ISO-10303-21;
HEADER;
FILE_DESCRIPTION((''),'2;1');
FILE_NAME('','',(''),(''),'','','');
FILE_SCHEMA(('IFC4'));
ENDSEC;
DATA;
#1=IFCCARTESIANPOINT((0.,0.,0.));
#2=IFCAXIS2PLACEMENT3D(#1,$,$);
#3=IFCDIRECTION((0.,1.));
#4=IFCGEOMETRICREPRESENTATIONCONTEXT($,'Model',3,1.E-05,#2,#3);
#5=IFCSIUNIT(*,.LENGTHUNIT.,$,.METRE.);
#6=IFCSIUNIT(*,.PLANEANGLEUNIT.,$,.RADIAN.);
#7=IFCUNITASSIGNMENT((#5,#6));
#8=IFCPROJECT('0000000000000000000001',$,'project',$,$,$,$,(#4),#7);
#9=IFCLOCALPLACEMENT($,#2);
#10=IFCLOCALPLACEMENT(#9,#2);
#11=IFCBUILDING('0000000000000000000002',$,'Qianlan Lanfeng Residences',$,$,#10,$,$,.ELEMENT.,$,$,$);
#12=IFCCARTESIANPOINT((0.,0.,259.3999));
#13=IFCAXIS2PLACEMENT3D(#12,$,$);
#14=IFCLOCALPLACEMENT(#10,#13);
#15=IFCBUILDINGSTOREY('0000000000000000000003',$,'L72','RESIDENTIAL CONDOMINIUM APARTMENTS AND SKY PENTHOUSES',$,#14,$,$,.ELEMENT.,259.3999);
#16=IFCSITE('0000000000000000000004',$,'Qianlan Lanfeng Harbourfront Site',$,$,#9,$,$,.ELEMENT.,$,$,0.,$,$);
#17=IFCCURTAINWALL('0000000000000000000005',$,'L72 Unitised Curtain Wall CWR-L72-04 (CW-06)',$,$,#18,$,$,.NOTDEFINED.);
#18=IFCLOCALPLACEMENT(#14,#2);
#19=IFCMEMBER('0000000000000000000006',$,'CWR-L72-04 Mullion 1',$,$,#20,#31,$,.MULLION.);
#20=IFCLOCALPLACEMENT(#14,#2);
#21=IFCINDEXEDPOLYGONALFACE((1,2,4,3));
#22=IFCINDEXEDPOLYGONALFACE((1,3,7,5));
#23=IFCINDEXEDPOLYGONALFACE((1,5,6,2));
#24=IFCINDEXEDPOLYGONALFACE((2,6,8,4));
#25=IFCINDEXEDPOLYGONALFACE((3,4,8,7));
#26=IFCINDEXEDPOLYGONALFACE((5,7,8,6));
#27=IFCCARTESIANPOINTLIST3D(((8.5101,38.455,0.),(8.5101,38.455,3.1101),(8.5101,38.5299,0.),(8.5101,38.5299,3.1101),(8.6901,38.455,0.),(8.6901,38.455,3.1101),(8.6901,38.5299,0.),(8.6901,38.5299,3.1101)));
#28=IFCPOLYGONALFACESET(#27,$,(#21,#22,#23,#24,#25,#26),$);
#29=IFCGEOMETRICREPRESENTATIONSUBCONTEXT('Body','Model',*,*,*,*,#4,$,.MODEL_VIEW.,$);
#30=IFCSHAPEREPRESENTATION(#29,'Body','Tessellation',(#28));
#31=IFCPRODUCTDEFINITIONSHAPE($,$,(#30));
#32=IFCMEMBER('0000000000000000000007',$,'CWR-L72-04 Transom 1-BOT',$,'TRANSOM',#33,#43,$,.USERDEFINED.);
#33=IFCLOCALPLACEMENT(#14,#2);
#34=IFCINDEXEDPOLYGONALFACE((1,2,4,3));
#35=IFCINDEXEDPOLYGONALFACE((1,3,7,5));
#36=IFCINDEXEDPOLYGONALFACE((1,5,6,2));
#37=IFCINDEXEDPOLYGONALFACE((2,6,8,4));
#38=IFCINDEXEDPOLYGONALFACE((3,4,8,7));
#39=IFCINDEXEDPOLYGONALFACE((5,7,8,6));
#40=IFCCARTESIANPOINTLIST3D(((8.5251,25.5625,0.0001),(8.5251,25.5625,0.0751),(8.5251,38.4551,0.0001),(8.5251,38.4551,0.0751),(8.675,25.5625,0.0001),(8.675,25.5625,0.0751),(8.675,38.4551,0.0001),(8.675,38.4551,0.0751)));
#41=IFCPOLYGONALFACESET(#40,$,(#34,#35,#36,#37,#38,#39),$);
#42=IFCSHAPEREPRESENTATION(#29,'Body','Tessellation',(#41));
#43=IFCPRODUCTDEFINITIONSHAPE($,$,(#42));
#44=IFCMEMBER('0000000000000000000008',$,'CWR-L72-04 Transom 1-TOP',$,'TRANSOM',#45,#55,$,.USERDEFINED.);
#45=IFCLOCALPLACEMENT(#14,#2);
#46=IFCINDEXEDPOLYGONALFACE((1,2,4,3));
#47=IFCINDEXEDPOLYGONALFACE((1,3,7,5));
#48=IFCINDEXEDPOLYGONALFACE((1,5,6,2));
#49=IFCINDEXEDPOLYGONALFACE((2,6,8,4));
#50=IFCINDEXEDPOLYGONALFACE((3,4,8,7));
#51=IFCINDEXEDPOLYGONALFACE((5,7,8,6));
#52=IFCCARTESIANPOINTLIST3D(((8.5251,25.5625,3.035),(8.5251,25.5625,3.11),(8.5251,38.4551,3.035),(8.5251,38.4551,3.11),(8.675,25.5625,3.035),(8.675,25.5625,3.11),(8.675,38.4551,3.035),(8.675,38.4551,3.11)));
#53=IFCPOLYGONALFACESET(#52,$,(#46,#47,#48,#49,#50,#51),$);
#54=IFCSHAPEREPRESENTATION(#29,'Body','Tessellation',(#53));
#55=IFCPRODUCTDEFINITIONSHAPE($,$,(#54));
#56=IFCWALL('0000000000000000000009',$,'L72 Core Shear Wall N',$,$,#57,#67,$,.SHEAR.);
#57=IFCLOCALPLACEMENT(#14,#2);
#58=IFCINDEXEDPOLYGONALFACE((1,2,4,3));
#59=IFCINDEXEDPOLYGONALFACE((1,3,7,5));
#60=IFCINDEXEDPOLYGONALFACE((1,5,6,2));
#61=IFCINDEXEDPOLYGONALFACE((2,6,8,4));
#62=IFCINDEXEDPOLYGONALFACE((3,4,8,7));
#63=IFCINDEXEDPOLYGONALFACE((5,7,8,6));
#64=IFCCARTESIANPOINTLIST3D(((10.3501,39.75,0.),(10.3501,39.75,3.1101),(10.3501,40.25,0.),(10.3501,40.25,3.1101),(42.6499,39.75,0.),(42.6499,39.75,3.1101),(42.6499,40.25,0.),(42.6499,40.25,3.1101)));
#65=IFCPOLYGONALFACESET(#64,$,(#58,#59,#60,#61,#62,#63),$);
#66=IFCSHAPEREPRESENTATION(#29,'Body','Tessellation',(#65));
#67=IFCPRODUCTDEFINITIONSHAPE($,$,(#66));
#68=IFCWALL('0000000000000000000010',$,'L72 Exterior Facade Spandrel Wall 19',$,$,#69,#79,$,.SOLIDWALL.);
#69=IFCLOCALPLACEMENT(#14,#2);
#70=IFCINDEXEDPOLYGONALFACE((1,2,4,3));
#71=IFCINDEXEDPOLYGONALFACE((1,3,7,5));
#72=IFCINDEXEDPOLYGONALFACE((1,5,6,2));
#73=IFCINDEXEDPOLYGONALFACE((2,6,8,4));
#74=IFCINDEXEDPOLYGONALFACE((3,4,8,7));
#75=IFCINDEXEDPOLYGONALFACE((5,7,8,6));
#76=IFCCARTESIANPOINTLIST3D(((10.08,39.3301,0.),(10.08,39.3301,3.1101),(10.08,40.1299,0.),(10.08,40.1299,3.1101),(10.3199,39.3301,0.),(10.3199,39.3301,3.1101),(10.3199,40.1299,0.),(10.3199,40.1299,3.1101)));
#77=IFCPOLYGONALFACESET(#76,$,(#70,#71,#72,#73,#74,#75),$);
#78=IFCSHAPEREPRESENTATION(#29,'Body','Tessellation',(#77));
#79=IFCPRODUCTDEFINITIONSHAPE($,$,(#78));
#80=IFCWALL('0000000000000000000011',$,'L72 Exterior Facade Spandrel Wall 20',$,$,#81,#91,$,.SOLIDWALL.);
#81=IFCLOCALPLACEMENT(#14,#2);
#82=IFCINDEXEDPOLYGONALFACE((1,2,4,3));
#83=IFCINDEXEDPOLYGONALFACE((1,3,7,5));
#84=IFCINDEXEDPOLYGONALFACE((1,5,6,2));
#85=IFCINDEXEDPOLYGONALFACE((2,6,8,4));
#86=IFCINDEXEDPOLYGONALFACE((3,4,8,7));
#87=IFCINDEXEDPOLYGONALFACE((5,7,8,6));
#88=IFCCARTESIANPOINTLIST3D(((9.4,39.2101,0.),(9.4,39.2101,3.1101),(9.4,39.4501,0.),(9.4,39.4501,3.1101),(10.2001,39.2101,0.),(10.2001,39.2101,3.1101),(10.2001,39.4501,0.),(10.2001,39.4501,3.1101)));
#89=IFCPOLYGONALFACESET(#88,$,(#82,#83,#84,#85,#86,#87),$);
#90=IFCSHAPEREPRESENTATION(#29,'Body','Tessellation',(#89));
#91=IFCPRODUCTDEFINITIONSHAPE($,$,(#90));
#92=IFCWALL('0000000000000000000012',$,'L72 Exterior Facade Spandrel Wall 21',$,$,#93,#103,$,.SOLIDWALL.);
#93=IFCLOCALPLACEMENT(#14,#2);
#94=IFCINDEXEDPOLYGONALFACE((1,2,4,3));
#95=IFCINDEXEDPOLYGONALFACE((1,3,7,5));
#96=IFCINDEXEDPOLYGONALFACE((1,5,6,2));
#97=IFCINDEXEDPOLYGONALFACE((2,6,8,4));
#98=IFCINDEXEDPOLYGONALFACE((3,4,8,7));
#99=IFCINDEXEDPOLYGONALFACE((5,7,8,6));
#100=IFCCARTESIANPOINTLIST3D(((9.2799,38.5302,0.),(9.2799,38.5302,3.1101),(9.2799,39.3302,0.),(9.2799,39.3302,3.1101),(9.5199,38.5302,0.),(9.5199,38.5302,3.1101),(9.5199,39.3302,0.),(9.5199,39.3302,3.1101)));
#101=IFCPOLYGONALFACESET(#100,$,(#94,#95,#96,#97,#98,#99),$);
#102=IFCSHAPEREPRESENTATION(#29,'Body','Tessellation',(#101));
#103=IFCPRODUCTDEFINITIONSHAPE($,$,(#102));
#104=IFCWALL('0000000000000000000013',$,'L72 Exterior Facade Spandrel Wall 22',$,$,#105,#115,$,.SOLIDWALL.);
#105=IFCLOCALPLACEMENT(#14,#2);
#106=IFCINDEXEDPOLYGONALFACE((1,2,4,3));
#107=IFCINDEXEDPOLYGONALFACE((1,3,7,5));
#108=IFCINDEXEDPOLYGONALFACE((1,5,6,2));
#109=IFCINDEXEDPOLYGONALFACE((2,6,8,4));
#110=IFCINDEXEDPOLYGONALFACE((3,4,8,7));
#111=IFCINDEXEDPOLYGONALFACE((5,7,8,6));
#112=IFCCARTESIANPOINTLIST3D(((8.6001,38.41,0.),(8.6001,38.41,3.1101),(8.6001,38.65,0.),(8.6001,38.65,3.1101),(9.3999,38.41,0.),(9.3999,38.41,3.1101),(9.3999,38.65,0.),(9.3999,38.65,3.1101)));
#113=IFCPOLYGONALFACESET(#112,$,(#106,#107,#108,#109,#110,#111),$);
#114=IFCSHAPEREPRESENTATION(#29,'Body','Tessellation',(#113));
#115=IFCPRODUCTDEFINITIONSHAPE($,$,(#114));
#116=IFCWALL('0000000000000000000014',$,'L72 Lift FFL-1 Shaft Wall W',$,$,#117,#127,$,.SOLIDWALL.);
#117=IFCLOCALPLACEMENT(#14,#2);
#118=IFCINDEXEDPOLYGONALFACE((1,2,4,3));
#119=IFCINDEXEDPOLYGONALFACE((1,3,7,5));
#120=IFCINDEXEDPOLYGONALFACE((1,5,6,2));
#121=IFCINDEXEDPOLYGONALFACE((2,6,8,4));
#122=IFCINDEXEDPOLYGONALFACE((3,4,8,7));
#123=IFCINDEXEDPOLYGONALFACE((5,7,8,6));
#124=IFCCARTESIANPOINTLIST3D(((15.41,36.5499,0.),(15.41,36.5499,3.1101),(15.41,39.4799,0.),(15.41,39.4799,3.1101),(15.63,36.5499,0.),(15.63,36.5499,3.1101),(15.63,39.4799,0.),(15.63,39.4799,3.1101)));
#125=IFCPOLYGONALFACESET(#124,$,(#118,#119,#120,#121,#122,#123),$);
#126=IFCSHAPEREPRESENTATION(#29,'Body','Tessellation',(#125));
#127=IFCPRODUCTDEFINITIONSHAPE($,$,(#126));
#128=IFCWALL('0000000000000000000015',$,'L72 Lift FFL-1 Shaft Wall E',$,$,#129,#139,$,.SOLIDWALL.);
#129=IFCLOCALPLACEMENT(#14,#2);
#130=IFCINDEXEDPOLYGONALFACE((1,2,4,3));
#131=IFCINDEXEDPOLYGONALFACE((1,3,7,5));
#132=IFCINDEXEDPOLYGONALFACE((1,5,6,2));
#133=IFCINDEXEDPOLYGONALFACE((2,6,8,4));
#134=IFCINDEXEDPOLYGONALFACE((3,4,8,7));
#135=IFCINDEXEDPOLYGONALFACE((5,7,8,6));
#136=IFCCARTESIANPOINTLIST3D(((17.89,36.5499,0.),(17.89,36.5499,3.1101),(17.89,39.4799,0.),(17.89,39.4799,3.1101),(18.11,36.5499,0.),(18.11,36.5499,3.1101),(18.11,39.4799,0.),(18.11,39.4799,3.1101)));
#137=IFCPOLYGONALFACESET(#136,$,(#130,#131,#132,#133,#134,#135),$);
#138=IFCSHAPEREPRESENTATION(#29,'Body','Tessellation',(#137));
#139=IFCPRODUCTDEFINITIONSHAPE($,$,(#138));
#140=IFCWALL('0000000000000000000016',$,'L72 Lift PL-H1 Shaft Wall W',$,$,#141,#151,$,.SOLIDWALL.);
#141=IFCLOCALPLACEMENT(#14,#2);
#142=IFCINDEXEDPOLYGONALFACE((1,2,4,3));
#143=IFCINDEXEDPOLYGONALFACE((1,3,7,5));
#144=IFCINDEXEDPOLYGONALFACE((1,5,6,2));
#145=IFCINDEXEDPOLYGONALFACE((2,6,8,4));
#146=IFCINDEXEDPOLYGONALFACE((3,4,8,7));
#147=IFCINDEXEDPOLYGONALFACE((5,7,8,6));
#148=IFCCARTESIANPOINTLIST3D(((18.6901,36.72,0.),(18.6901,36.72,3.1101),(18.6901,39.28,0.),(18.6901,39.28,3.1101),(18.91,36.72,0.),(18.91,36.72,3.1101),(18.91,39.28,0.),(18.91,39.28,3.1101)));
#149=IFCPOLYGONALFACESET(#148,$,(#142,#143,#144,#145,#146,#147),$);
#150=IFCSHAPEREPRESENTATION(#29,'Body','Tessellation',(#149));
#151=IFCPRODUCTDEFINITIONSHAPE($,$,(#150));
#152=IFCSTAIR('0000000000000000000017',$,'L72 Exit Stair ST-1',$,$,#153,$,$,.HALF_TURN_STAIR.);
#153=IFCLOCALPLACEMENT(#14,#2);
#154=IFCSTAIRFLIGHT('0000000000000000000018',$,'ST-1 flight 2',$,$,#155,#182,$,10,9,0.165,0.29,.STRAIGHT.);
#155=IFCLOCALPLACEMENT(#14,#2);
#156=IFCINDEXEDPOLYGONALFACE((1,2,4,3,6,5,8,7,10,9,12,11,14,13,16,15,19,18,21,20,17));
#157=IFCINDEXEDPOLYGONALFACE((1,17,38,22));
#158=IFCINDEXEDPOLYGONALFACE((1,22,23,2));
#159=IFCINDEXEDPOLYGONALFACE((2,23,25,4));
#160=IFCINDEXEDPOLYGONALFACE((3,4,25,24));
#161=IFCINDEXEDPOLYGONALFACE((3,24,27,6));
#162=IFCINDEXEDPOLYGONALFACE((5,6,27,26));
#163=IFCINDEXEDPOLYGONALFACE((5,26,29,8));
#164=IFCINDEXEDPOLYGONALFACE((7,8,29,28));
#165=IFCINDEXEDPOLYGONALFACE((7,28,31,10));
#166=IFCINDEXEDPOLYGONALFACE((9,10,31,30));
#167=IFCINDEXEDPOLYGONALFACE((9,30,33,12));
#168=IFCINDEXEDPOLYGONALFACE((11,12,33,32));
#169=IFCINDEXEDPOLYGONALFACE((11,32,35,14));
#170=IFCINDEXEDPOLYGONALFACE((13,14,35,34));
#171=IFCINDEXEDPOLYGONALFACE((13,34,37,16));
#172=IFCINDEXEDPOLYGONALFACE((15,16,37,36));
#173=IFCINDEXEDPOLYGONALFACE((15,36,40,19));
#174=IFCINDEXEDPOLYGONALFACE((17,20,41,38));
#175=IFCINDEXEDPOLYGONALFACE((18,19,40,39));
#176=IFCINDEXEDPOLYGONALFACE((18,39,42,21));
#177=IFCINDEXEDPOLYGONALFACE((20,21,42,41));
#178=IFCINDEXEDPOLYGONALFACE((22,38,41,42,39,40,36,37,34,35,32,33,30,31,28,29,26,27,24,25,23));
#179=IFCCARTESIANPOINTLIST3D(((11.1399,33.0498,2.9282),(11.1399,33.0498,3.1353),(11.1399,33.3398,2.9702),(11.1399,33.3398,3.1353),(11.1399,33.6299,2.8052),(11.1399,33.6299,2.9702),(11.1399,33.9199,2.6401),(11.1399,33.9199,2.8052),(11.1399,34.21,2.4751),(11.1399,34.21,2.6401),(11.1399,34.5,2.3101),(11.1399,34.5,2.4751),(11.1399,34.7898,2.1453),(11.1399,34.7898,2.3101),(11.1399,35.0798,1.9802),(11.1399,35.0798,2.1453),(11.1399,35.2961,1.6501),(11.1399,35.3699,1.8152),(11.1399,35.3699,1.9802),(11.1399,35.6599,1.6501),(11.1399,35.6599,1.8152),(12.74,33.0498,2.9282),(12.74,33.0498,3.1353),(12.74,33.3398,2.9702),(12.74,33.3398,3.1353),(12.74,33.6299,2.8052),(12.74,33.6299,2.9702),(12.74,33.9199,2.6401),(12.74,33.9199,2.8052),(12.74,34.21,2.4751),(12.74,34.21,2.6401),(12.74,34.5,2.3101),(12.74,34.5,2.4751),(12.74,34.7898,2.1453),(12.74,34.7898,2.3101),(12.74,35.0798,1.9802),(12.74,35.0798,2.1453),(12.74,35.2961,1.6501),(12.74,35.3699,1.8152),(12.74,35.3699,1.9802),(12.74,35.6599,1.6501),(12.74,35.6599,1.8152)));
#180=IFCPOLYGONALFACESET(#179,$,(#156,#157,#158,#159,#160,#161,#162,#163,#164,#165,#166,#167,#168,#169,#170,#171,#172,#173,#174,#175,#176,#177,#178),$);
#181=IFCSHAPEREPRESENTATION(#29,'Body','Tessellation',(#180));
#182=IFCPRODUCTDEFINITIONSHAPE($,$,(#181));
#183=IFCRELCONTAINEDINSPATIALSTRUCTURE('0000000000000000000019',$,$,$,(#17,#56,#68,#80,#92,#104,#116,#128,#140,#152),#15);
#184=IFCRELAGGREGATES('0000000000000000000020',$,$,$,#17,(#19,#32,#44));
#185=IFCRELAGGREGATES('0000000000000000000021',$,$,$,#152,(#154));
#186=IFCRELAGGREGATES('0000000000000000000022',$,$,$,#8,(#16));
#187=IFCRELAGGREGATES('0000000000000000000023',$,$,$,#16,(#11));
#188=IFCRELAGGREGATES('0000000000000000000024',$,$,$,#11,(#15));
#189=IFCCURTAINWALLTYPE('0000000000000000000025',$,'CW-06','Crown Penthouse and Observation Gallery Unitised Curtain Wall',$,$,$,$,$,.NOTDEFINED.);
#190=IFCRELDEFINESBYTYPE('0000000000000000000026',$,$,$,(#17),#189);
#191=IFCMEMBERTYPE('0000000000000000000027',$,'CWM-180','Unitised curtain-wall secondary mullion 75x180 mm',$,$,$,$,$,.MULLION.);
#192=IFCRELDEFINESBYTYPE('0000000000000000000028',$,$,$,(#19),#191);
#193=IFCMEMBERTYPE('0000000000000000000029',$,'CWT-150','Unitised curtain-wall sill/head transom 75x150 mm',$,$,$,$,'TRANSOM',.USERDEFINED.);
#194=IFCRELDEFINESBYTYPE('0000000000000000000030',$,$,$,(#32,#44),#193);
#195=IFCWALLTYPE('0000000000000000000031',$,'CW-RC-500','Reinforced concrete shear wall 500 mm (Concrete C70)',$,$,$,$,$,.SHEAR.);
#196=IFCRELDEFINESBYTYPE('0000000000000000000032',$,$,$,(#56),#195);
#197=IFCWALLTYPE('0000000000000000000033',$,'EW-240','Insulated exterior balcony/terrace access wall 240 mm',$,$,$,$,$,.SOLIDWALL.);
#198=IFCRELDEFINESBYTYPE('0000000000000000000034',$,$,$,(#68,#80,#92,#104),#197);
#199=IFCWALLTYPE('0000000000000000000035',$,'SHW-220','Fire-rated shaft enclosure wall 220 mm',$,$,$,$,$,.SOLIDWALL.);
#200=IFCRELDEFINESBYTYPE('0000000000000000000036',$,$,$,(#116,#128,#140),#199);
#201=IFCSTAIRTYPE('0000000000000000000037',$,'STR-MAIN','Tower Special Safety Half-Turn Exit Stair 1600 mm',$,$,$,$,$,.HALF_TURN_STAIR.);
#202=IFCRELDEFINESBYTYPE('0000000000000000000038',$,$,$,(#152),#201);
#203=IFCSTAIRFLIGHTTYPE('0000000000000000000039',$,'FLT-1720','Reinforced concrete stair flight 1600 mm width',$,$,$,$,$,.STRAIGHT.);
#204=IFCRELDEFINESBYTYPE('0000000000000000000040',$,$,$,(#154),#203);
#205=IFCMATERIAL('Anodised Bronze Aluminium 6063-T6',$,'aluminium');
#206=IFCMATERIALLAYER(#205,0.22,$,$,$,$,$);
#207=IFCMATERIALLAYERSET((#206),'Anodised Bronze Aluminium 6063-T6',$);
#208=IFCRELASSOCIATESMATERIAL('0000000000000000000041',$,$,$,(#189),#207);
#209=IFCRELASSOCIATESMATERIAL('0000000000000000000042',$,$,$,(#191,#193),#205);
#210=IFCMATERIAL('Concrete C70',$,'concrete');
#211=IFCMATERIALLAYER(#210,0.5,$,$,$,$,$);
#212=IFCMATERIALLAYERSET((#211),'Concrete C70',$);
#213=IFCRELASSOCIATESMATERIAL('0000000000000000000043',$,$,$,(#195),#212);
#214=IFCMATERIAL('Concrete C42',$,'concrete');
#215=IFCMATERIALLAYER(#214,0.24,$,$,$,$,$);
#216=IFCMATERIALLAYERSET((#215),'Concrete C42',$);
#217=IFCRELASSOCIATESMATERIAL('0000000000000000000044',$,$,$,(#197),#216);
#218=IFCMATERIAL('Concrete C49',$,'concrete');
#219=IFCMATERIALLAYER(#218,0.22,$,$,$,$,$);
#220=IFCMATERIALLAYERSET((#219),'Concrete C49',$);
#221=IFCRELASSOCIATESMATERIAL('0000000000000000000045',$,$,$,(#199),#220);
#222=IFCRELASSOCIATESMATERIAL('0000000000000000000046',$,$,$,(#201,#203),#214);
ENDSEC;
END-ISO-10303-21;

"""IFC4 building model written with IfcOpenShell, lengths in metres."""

from ifc_helpers import new_model, si_unit, direction, frame, frame_2d, origin, origin_2d, place, context, subcontext, project, spatial, polyline, rectangle, outline, extrude, source, transform, mapped, material, layer, layer_set, material_profile, profile_set, type_object, element, aggregate, save


model = new_model("IFC4")

# Units and contexts
model_context = context("Model", 3, precision=1e-05, world=origin(), true_north=direction((0.0, 1.0)))
body_context = subcontext(model_context, "Body", "Model", "MODEL_VIEW")
ifc_project = project(units=[si_unit("LENGTHUNIT", "METRE"), si_unit("PLANEANGLEUNIT", "RADIAN")], contexts=[model_context])

# Site, building, storey
site_placement = place(None, origin())
site = spatial("IfcSite", under=ifc_project, at=site_placement, Name="Qianlan Lanfeng Harbourfront Site", CompositionType="ELEMENT", RefElevation=0.0)
building_placement = place(site_placement, origin())
building = spatial("IfcBuilding", under=site, at=building_placement, Name="Qianlan Lanfeng Residences", CompositionType="ELEMENT")
storey_placement = place(building_placement, frame((0.0, 0.0, 259.3999)))
storey = spatial("IfcBuildingStorey", under=building, at=storey_placement, Name="L72", Description="RESIDENTIAL CONDOMINIUM APARTMENTS AND SKY PENTHOUSES", CompositionType="ELEMENT", Elevation=259.3999)

# Curtain wall, members
ifc_material_1 = material(Name="Anodised Bronze Aluminium 6063-T6", Category="aluminium")
ifc_layer_1 = layer(ifc_material_1, 0.22)
ifc_layer_set_1 = layer_set([ifc_layer_1], Name="Anodised Bronze Aluminium 6063-T6")
curtain_wall_type = type_object("IfcCurtainWallType", Name="CW-06", Description="Crown Penthouse and Observation Gallery Unitised Curtain Wall", PredefinedType="NOTDEFINED", material=ifc_layer_set_1)
curtain_wall_placement = place(storey_placement, origin())
curtain_wall = element("IfcCurtainWall", 1, at=curtain_wall_placement, inside=storey, type_object=curtain_wall_type, Name="L72 Unitised Curtain Wall CWR-L72-04 (CW-06)", PredefinedType="NOTDEFINED")
ifc_material_profile_1 = material_profile(ifc_material_1, rectangle(XDim=0.075, YDim=0.1799, at=origin_2d()), Name="ALU MULLION 75x180")
ifc_profile_set_1 = profile_set([ifc_material_profile_1], Name="Anodised Bronze Aluminium 6063-T6")
member_type_1 = type_object("IfcMemberType", Name="CWM-180", Description="Unitised curtain-wall secondary mullion 75x180 mm", PredefinedType="MULLION", material=ifc_profile_set_1)
shared_shape_1 = source(origin(), body_context, "Body", "SweptSolid", [
    extrude(rectangle(XDim=0.075, YDim=0.1799, at=origin_2d()), origin(), (0.0, 0.0, 1.0), 3.1101),
])
member_1_placement = place(storey_placement, frame((8.6001, 38.4924, 0.0), z_axis=(0.0, 0.0, 1.0), x_axis=(0.0, -1.0, 0.0)))
member_1 = element("IfcMember", 2, at=member_1_placement, type_object=member_type_1, Name="CWR-L72-04 Mullion 1", PredefinedType="MULLION", context=body_context, shape_type="MappedRepresentation", body=[
    mapped(shared_shape_1, transform((0.0, 0.0, 0.0), scale=1.0)),
])
ifc_material_profile_2 = material_profile(ifc_material_1, rectangle(XDim=0.075, YDim=0.1499, at=origin_2d()), Name="ALU TRANSOM 75x150")
ifc_profile_set_2 = profile_set([ifc_material_profile_2], Name="Anodised Bronze Aluminium 6063-T6")
member_type_2 = type_object("IfcMemberType", Name="CWT-150", Description="Unitised curtain-wall sill/head transom 75x150 mm", ElementType="TRANSOM", PredefinedType="USERDEFINED", material=ifc_profile_set_2)
shared_shape_2 = source(origin(), body_context, "Body", "SweptSolid", [
    extrude(rectangle(XDim=0.075, YDim=0.1499, at=origin_2d()), origin(), (0.0, 0.0, 1.0), 12.8926),
])
member_2_placement = place(storey_placement, frame((8.6001, 38.4551, 0.0376), z_axis=(0.0, -1.0, 0.0), x_axis=(0.0, 0.0, 1.0)))
member_2 = element("IfcMember", 3, at=member_2_placement, type_object=member_type_2, Name="CWR-L72-04 Transom 1-BOT", ObjectType="TRANSOM", PredefinedType="USERDEFINED", context=body_context, shape_type="MappedRepresentation", body=[
    mapped(shared_shape_2, transform((0.0, 0.0, 0.0), scale=1.0)),
])
member_3_placement = place(storey_placement, frame((8.6001, 38.4551, 3.0725), z_axis=(0.0, -1.0, 0.0), x_axis=(0.0, 0.0, 1.0)))
member_3 = element("IfcMember", 4, at=member_3_placement, type_object=member_type_2, Name="CWR-L72-04 Transom 1-TOP", ObjectType="TRANSOM", PredefinedType="USERDEFINED", context=body_context, shape_type="MappedRepresentation", body=[
    mapped(shared_shape_2, transform((0.0, 0.0, 0.0), scale=1.0)),
])
aggregate(curtain_wall, [member_1, member_2, member_3])

# Shared definitions
ifc_material_2 = material(Name="Concrete C49", Category="concrete")

# Walls
ifc_material_3 = material(Name="Concrete C70", Category="concrete")
ifc_layer_2 = layer(ifc_material_3, 0.5)
ifc_layer_set_2 = layer_set([ifc_layer_2], Name="Concrete C70")
wall_type_1 = type_object("IfcWallType", Name="CW-RC-500", Description="Reinforced concrete shear wall 500 mm (Concrete C70)", PredefinedType="SHEAR", material=ifc_layer_set_2)
wall_1_placement = place(storey_placement, frame((10.3501, 40.0, 0.0), z_axis=(0.0, 0.0, 1.0), x_axis=(1.0, 0.0, 0.0)))
element("IfcWall", 5, at=wall_1_placement, inside=storey, type_object=wall_type_1, Name="L72 Core Shear Wall N", PredefinedType="SHEAR", context=body_context, shape_type="SweptSolid", body=[
    extrude(rectangle(XDim=32.2998, YDim=0.5, at=frame_2d((16.1499, 0.0))), origin(), (0.0, 0.0, 1.0), 3.1101),
])
ifc_material_4 = material(Name="Concrete C42", Category="concrete")
ifc_layer_3 = layer(ifc_material_4, 0.24)
ifc_layer_set_3 = layer_set([ifc_layer_3], Name="Concrete C42")
wall_type_2 = type_object("IfcWallType", Name="EW-240", Description="Insulated exterior balcony/terrace access wall 240 mm", PredefinedType="SOLIDWALL", material=ifc_layer_set_3)
wall_2_placement = place(storey_placement, frame((10.2, 40.1299, 0.0), z_axis=(0.0, 0.0, 1.0), x_axis=(0.0, -1.0, 0.0)))
element("IfcWall", 6, at=wall_2_placement, inside=storey, type_object=wall_type_2, Name="L72 Exterior Facade Spandrel Wall 19", PredefinedType="SOLIDWALL", context=body_context, shape_type="SweptSolid", body=[
    extrude(rectangle(XDim=0.7998, YDim=0.24, at=frame_2d((0.3999, 0.0))), origin(), (0.0, 0.0, 1.0), 3.1101),
])
for number, where, z_axis, x_axis, name in (
    (7, (10.2, 39.3301, 0.0), (0.0, 0.0, 1.0), (-1.0, 0.0, 0.0), "L72 Exterior Facade Spandrel Wall 20"),
    (8, (9.3999, 39.3301, 0.0), (0.0, 0.0, 1.0), (0.0, -1.0, 0.0), "L72 Exterior Facade Spandrel Wall 21"),
):
    element("IfcWall", number, at=place(storey_placement, frame(where, z_axis=z_axis, x_axis=x_axis)), inside=storey, type_object=wall_type_2, Name=name, PredefinedType="SOLIDWALL", context=body_context, shape_type="SweptSolid", body=[
        extrude(rectangle(XDim=0.8, YDim=0.24, at=frame_2d((0.3999, 0.0))), origin(), (0.0, 0.0, 1.0), 3.1101),
    ])
wall_3_placement = place(storey_placement, frame((9.3999, 38.53, 0.0), z_axis=(0.0, 0.0, 1.0), x_axis=(-1.0, 0.0, 0.0)))
element("IfcWall", 9, at=wall_3_placement, inside=storey, type_object=wall_type_2, Name="L72 Exterior Facade Spandrel Wall 22", PredefinedType="SOLIDWALL", context=body_context, shape_type="SweptSolid", body=[
    extrude(rectangle(XDim=0.7998, YDim=0.24, at=frame_2d((0.3999, 0.0))), origin(), (0.0, 0.0, 1.0), 3.1101),
])
ifc_layer_4 = layer(ifc_material_2, 0.22)
ifc_layer_set_4 = layer_set([ifc_layer_4], Name="Concrete C49")
wall_type_3 = type_object("IfcWallType", Name="SHW-220", Description="Fire-rated shaft enclosure wall 220 mm", PredefinedType="SOLIDWALL", material=ifc_layer_set_4)
for number, where, z_axis, x_axis, name in (
    (10, (15.52, 36.55, 0.0), (0.0, 0.0, 1.0), (0.0, 1.0, 0.0), "L72 Lift FFL-1 Shaft Wall W"),
    (11, (18.0, 36.55, 0.0), (0.0, 0.0, 1.0), (0.0, 1.0, 0.0), "L72 Lift FFL-1 Shaft Wall E"),
):
    element("IfcWall", number, at=place(storey_placement, frame(where, z_axis=z_axis, x_axis=x_axis)), inside=storey, type_object=wall_type_3, Name=name, PredefinedType="SOLIDWALL", context=body_context, shape_type="SweptSolid", body=[
        extrude(rectangle(XDim=2.9299, YDim=0.22, at=frame_2d((1.4648, 0.0))), origin(), (0.0, 0.0, 1.0), 3.1101),
    ])
wall_4_placement = place(storey_placement, frame((18.8, 36.72, 0.0), z_axis=(0.0, 0.0, 1.0), x_axis=(0.0, 1.0, 0.0)))
element("IfcWall", 12, at=wall_4_placement, inside=storey, type_object=wall_type_3, Name="L72 Lift PL-H1 Shaft Wall W", PredefinedType="SOLIDWALL", context=body_context, shape_type="SweptSolid", body=[
    extrude(rectangle(XDim=2.5601, YDim=0.22, at=frame_2d((1.28, 0.0))), origin(), (0.0, 0.0, 1.0), 3.1101),
])

# Stair, stair flight
stair_type = type_object("IfcStairType", Name="STR-MAIN", Description="Tower Special Safety Half-Turn Exit Stair 1600 mm", PredefinedType="HALF_TURN_STAIR", material=ifc_material_4)
stair_placement = place(storey_placement, origin())
stair = element("IfcStair", 13, at=stair_placement, inside=storey, type_object=stair_type, Name="L72 Exit Stair ST-1", PredefinedType="HALF_TURN_STAIR")
stair_flight_type = type_object("IfcStairFlightType", Name="FLT-1720", Description="Reinforced concrete stair flight 1600 mm width", PredefinedType="STRAIGHT", material=ifc_material_4)
stair_flight_placement = place(storey_placement, frame((11.9399, 35.6599, 1.6501), z_axis=(0.0, 0.0, 1.0), x_axis=(0.0, -1.0, 0.0)))
stair_flight = element("IfcStairFlight", 14, at=stair_flight_placement, type_object=stair_flight_type, Name="ST-1 flight 2", NumberOfRisers=10, NumberOfTreads=9, PredefinedType="STRAIGHT", RiserHeight=0.165, TreadLength=0.29, context=body_context, shape_type="SweptSolid", body=[
    extrude(outline(polyline([(0.0, 0.0), (0.0, 0.165), (0.29, 0.165), (0.29, 0.3301), (0.5801, 0.3301), (0.5801, 0.4951), (0.8701, 0.4951), (0.8701, 0.6599), (1.1599, 0.6599), (1.1599, 0.825), (1.45, 0.825), (1.45, 0.99), (1.74, 0.99), (1.74, 1.155), (2.03, 1.155), (2.03, 1.3201), (2.3201, 1.3201), (2.3201, 1.4851), (2.6101, 1.4851), (2.6101, 1.6499), (2.6101, 1.2781), (0.3638, 0.0), (0.0, 0.0)])), frame((0.0, 0.8, 0.0), z_axis=(0.0, -1.0, 0.0), x_axis=(1.0, 0.0, 0.0)), (0.0, 0.0, 1.0), 1.6001),
])
aggregate(stair, [stair_flight])

save(model, "model.ifc")
